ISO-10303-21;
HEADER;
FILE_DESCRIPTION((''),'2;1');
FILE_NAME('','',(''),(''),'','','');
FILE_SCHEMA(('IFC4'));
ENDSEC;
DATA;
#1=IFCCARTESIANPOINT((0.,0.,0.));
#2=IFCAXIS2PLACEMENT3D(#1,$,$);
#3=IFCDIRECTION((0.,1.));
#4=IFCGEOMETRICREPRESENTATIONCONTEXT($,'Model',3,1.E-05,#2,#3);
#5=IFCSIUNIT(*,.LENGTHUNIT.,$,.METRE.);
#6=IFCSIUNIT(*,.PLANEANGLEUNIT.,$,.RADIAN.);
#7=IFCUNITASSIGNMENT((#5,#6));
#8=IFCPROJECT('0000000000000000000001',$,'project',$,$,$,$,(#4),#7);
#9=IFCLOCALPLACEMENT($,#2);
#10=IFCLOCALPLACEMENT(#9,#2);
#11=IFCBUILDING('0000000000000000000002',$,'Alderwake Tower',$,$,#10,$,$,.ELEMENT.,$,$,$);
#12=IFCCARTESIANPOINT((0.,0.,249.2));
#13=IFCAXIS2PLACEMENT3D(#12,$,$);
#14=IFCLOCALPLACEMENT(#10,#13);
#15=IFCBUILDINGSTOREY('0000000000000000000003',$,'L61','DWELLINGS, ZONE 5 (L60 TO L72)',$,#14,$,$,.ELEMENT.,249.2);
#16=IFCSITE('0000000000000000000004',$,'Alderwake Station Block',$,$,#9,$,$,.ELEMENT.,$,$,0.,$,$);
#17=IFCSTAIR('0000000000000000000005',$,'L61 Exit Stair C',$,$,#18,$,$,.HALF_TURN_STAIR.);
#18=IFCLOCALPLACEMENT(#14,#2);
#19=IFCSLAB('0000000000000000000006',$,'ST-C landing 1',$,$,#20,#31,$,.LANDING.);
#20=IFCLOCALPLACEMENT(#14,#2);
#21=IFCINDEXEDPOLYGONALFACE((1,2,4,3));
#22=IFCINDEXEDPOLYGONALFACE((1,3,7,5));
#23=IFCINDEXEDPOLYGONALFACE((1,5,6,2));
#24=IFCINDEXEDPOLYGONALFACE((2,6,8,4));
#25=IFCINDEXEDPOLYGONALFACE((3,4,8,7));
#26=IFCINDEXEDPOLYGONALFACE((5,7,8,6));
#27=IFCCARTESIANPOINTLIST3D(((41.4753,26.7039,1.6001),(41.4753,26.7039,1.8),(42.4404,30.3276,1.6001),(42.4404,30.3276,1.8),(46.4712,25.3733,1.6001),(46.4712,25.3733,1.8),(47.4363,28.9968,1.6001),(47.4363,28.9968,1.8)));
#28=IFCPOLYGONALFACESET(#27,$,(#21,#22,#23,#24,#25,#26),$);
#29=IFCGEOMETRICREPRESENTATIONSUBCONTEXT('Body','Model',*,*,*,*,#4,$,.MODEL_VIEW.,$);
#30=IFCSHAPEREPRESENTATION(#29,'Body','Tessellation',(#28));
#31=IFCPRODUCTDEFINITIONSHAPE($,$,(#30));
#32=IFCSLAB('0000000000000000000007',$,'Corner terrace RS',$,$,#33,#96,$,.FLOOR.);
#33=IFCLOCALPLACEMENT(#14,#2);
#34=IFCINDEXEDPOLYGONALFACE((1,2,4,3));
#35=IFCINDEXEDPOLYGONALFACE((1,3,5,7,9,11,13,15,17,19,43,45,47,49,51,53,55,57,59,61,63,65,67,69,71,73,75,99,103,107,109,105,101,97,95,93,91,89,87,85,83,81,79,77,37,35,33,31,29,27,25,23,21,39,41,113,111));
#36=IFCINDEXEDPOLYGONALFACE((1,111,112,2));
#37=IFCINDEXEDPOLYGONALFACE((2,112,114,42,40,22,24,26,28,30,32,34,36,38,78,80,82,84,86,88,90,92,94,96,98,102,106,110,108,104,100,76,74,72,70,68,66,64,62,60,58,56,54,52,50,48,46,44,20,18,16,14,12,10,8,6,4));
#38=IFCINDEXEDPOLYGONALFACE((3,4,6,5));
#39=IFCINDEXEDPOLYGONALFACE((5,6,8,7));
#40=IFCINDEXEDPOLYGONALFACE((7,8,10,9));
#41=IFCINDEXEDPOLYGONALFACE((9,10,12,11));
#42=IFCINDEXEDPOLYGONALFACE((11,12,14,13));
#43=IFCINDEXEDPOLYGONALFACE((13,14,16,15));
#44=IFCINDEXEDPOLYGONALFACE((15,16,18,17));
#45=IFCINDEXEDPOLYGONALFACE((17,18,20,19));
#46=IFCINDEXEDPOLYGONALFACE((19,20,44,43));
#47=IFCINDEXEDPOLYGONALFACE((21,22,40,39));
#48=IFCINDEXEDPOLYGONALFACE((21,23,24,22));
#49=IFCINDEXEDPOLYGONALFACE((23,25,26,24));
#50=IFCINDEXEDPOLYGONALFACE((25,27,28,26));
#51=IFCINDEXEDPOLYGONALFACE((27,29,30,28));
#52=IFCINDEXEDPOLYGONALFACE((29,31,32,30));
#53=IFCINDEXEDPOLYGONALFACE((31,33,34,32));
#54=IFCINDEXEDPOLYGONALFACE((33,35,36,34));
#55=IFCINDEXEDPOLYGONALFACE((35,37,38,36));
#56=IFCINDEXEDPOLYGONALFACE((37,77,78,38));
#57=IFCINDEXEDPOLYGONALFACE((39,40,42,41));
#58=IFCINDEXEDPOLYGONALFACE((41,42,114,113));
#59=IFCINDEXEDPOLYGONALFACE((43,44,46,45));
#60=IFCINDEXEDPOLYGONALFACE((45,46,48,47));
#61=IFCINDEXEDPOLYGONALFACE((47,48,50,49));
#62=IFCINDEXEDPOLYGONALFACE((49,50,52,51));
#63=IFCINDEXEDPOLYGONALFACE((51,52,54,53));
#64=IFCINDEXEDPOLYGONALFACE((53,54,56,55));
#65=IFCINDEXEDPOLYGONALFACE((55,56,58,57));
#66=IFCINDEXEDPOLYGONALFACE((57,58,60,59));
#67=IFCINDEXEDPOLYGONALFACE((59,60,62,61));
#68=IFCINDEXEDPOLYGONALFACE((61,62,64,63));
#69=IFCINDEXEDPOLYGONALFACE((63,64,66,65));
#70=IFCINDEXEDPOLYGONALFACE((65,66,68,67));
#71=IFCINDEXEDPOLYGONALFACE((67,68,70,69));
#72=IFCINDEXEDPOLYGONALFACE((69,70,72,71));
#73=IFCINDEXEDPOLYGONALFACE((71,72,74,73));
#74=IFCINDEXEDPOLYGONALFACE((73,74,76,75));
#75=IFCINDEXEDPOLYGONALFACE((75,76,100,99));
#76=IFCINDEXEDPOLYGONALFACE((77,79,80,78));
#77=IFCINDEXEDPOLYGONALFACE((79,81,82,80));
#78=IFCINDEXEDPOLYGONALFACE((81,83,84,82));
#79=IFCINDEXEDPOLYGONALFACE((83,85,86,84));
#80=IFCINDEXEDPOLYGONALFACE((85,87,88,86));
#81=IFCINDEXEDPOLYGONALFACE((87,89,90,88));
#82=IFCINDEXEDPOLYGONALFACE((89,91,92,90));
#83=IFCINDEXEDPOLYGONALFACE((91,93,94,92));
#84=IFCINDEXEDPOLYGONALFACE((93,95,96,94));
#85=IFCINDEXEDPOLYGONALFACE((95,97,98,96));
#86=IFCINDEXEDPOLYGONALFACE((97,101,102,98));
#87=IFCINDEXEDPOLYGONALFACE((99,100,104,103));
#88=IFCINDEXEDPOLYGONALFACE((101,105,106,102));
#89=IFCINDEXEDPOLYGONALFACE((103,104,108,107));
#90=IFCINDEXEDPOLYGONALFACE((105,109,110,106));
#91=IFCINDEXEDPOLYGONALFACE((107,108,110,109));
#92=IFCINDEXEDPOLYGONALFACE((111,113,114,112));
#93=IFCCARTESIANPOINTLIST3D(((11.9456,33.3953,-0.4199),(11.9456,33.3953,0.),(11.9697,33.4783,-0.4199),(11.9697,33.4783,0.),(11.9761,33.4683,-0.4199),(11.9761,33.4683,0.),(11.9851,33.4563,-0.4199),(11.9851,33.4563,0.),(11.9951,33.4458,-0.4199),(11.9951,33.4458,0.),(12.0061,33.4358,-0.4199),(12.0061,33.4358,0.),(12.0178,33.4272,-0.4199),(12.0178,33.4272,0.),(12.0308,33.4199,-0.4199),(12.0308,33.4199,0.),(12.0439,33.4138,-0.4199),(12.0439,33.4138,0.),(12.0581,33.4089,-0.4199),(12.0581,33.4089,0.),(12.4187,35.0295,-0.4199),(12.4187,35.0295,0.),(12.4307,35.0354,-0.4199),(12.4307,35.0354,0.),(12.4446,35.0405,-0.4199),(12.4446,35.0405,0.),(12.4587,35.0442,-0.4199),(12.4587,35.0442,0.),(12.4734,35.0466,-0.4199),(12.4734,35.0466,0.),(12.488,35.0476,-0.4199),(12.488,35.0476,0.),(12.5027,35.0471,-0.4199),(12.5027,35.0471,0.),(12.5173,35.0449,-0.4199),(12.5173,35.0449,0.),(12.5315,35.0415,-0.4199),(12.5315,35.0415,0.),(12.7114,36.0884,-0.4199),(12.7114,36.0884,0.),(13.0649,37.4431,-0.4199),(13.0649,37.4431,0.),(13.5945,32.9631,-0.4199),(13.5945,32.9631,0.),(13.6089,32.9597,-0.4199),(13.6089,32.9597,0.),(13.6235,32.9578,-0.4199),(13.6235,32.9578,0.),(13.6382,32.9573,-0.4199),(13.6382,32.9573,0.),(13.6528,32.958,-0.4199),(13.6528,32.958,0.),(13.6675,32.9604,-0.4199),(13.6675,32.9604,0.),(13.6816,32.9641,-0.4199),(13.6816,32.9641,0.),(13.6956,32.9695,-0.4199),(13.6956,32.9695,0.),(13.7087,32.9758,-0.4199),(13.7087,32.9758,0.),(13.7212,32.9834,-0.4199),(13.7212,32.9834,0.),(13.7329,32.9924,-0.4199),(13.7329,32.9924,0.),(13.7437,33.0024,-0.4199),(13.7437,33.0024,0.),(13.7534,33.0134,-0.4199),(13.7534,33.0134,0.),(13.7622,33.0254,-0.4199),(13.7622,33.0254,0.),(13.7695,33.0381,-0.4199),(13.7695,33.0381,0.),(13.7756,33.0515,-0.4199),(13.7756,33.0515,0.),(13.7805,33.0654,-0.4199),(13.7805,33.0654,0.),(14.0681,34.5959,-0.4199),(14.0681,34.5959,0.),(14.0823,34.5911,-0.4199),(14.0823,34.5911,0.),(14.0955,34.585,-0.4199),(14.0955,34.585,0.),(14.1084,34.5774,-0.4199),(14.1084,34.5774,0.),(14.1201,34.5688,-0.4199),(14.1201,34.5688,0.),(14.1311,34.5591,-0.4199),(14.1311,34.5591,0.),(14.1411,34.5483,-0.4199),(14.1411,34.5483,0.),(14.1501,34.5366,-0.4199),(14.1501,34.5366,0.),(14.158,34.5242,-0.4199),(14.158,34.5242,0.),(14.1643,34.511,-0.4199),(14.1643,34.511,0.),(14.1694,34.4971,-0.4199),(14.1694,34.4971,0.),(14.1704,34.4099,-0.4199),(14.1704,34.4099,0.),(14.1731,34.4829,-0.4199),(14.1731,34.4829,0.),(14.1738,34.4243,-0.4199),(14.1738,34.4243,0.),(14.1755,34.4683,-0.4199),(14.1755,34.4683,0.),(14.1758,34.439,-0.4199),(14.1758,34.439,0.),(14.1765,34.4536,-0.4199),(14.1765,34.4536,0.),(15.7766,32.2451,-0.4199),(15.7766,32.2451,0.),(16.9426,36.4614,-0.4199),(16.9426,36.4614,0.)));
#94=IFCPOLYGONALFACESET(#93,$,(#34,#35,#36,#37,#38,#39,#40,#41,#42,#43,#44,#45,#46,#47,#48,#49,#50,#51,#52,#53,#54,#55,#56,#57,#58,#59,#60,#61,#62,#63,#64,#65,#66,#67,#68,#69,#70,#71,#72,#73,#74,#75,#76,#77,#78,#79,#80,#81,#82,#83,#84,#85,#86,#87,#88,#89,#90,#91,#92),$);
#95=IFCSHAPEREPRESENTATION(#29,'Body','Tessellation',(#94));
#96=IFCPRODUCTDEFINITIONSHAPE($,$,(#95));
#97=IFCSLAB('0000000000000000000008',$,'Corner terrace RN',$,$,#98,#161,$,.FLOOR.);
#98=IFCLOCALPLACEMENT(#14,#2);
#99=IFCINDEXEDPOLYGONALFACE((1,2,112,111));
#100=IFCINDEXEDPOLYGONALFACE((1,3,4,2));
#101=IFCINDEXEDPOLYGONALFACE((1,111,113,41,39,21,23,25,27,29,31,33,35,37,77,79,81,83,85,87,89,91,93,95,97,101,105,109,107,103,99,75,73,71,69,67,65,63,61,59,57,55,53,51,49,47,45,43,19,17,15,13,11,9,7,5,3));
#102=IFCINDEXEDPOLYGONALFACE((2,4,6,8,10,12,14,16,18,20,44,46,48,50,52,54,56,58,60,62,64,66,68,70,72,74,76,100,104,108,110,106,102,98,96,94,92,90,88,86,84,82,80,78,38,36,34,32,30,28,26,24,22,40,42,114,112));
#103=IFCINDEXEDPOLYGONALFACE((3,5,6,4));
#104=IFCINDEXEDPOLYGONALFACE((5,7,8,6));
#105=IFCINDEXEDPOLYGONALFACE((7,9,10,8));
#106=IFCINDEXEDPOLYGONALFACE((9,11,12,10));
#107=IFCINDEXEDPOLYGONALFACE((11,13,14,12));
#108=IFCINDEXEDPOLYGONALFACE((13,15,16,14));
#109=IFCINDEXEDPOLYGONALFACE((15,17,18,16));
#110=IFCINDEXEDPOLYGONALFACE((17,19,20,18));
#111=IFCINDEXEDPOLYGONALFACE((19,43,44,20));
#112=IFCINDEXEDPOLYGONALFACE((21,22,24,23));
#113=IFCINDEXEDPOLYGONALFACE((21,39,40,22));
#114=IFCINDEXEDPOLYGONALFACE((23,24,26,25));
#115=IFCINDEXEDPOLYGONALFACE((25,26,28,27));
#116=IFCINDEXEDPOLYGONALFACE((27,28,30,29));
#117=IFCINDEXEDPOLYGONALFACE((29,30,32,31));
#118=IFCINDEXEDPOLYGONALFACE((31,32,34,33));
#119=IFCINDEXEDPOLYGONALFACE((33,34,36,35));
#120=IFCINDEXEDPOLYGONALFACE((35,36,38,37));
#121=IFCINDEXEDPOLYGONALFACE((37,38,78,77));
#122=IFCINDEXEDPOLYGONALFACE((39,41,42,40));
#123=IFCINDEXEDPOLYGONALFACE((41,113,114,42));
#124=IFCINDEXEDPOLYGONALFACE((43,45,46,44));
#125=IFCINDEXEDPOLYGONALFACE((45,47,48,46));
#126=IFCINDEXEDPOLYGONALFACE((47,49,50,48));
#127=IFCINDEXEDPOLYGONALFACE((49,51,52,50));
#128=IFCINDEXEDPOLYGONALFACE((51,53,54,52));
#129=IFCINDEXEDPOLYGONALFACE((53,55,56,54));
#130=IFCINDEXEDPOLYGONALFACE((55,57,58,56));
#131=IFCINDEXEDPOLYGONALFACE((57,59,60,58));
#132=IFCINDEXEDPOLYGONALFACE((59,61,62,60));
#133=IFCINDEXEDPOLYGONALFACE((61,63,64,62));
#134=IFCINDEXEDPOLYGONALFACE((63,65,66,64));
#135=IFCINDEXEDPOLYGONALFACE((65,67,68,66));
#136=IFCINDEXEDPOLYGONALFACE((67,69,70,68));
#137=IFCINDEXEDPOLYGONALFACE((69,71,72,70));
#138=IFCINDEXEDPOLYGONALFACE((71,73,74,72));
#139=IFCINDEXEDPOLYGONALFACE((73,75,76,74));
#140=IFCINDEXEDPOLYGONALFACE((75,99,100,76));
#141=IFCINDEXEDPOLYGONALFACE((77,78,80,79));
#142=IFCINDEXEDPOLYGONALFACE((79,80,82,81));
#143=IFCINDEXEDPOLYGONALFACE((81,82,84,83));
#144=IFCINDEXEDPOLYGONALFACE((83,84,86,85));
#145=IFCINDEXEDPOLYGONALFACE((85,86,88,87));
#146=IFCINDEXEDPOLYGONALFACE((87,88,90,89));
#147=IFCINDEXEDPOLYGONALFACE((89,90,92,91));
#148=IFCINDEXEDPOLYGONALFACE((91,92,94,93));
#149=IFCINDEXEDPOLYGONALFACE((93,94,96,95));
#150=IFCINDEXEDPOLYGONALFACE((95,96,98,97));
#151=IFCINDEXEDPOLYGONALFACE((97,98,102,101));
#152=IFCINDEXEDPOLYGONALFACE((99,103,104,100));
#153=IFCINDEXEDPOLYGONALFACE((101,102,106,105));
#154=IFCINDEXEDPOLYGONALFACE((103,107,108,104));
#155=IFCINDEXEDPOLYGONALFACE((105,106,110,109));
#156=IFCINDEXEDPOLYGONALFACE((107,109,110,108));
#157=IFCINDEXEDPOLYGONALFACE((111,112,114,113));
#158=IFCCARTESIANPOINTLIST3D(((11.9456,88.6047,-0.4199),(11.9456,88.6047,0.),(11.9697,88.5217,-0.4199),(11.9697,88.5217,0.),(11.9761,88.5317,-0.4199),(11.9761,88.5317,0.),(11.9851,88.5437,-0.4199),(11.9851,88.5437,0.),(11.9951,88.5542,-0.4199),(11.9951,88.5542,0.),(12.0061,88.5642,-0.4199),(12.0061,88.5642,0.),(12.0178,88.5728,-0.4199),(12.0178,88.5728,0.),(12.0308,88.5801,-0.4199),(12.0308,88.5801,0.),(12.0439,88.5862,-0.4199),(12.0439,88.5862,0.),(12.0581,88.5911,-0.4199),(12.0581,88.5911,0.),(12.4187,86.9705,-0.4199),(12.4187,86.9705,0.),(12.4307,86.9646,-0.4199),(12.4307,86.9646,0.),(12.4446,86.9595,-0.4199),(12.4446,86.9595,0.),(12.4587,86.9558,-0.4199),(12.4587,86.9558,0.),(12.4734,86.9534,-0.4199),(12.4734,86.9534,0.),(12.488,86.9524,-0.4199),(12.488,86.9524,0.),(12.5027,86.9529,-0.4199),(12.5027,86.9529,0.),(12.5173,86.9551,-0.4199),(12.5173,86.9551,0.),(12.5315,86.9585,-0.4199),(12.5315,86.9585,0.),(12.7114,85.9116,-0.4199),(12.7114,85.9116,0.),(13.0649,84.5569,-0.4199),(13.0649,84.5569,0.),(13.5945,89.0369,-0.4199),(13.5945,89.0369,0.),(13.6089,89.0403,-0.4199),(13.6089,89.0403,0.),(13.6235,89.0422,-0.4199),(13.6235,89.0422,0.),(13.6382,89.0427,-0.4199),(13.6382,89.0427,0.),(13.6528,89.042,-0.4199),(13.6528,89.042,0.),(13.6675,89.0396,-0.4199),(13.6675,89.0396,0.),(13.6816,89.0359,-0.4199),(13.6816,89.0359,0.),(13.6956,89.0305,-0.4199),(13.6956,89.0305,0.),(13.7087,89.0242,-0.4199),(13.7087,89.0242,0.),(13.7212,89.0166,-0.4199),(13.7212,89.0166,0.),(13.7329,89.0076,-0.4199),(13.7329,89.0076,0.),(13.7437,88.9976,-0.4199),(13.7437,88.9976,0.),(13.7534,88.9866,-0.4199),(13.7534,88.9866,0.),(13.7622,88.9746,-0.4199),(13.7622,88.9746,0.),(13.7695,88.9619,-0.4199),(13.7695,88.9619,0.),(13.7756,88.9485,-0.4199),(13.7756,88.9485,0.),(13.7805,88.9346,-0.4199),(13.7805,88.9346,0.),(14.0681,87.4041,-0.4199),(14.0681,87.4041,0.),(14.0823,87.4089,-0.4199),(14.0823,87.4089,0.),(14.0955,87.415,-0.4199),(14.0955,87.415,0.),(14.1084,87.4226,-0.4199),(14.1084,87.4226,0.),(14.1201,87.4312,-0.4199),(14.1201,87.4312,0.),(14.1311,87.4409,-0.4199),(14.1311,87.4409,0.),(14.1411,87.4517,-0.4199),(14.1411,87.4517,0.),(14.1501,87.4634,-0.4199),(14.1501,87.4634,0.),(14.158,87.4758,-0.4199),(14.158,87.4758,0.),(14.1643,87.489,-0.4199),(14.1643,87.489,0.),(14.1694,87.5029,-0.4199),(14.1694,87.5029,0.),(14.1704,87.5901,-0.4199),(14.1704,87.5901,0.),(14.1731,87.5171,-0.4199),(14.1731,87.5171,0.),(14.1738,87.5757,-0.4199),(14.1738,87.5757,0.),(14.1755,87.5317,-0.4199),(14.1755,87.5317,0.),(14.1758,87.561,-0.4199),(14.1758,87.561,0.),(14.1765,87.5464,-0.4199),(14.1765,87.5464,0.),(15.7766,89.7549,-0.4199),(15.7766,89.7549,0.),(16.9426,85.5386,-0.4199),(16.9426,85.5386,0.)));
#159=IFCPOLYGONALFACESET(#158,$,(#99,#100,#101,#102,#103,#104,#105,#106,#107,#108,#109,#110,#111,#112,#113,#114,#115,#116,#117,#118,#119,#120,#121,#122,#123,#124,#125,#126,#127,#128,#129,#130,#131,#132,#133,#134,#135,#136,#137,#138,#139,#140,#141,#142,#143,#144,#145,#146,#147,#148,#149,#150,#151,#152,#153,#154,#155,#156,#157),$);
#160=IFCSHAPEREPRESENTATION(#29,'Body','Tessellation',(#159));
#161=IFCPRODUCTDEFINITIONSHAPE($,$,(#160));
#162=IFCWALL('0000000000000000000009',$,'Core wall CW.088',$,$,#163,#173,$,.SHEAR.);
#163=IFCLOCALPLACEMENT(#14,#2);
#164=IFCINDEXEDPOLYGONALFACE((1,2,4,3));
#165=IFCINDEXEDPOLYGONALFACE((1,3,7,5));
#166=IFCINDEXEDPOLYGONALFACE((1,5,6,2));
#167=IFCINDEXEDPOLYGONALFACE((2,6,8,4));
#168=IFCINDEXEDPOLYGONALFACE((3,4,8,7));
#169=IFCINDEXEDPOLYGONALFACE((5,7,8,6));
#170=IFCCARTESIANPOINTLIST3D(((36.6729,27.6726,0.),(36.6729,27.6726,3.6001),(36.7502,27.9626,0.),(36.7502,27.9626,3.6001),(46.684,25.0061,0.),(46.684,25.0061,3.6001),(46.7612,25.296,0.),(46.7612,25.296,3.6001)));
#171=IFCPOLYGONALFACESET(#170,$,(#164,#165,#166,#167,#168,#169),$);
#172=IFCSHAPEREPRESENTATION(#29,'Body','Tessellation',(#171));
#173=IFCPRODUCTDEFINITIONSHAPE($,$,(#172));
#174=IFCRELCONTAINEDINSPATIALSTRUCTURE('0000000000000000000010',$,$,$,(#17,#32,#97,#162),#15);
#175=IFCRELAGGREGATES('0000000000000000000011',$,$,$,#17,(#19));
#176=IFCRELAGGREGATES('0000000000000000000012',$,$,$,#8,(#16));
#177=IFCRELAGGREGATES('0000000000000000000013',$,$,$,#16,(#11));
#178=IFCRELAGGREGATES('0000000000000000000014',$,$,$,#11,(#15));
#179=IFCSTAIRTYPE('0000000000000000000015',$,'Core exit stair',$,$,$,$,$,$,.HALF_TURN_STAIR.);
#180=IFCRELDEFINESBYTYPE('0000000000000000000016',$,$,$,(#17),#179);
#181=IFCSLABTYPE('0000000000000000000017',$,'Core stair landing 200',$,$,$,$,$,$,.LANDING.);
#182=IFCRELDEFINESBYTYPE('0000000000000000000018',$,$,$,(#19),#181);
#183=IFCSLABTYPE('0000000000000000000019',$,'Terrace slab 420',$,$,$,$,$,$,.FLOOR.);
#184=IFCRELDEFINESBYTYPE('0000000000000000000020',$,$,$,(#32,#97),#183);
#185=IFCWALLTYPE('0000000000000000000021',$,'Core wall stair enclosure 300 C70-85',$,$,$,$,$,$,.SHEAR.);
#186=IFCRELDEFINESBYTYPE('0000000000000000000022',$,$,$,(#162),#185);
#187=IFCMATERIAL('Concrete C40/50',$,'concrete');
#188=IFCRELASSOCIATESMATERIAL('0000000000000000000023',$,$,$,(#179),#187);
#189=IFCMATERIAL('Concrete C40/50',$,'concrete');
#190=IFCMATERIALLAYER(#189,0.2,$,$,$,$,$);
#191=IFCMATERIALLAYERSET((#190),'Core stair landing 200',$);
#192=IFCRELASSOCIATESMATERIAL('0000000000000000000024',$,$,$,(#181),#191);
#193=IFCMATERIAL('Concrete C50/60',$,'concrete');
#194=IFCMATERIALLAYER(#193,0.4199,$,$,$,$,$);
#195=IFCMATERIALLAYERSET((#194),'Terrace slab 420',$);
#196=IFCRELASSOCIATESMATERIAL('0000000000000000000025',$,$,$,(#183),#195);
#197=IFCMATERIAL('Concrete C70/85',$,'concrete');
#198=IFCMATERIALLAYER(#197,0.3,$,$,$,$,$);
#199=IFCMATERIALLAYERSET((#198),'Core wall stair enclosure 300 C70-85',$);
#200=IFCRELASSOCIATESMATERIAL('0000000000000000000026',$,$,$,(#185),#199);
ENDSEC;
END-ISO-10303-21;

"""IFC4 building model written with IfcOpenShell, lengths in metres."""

from ifc_helpers import new_model, si_unit, direction, frame, frame_2d, origin, place, context, subcontext, project, spatial, polyline, rectangle, outline, extrude, material, layer, layer_set, type_object, element, aggregate, save


model = new_model("IFC4")

# Units and contexts
model_context = context("Model", 3, precision=1e-05, world=origin(), true_north=direction((0.0, 1.0)))
body_context = subcontext(model_context, "Body", "Model", "MODEL_VIEW")
ifc_project = project(units=[si_unit("LENGTHUNIT", "METRE"), si_unit("PLANEANGLEUNIT", "RADIAN")], contexts=[model_context])

# Site, building, storey
site_placement = place(None, origin())
site = spatial("IfcSite", under=ifc_project, at=site_placement, Name="Alderwake Station Block", CompositionType="ELEMENT", RefElevation=0.0)
building_placement = place(site_placement, origin())
building = spatial("IfcBuilding", under=site, at=building_placement, Name="Alderwake Tower", CompositionType="ELEMENT")
storey_placement = place(building_placement, frame((0.0, 0.0, 249.2)))
storey = spatial("IfcBuildingStorey", under=building, at=storey_placement, Name="L61", Description="DWELLINGS, ZONE 5 (L60 TO L72)", CompositionType="ELEMENT", Elevation=249.2)

# Stair, slab
ifc_material_1 = material(Name="Concrete C40/50", Category="concrete")
stair_type = type_object("IfcStairType", Name="Core exit stair", PredefinedType="HALF_TURN_STAIR", material=ifc_material_1)
ifc_material_2 = material(Name="Concrete C40/50", Category="concrete")
ifc_layer_1 = layer(ifc_material_2, 0.2)
ifc_layer_set_1 = layer_set([ifc_layer_1], Name="Core stair landing 200")
slab_type_1 = type_object("IfcSlabType", Name="Core stair landing 200", PredefinedType="LANDING", material=ifc_layer_set_1)
stair_1_placement = place(storey_placement, origin())
stair_1 = element("IfcStair", 1, at=stair_1_placement, inside=storey, type_object=stair_type, Name="L61 Exit Stair C", PredefinedType="HALF_TURN_STAIR")
slab_1_placement = place(storey_placement, frame((0.0, 0.0, 1.6001)))
slab_1 = element("IfcSlab", 2, at=slab_1_placement, type_object=slab_type_1, Name="ST-C landing 1", PredefinedType="LANDING", context=body_context, shape_type="SweptSolid", body=[
    extrude(outline(polyline([(41.4753, 26.7039), (46.4712, 25.3733), (47.4363, 28.9968), (42.4404, 30.3276), (41.4753, 26.7039)])), origin(), (0.0, 0.0, 1.0), 0.2),
])
aggregate(stair_1, [slab_1])

# Slabs
ifc_material_3 = material(Name="Concrete C50/60", Category="concrete")
ifc_layer_2 = layer(ifc_material_3, 0.4199)
ifc_layer_set_2 = layer_set([ifc_layer_2], Name="Terrace slab 420")
slab_type_2 = type_object("IfcSlabType", Name="Terrace slab 420", PredefinedType="FLOOR", material=ifc_layer_set_2)
slab_2_placement = place(storey_placement, frame((0.0, 0.0, -0.4199)))
element("IfcSlab", 3, at=slab_2_placement, inside=storey, type_object=slab_type_2, Name="Corner terrace RS", PredefinedType="FLOOR", context=body_context, shape_type="SweptSolid", body=[
    extrude(outline(polyline([(15.7766, 32.2451), (11.9456, 33.3953), (11.9697, 33.4783), (11.9761, 33.4683), (11.9851, 33.4563), (11.9951, 33.4458), (12.0061, 33.4358), (12.0178, 33.4272), (12.0308, 33.4199), (12.0439, 33.4138), (12.0581, 33.4089), (13.5945, 32.9631), (13.6089, 32.9597), (13.6235, 32.9578), (13.6382, 32.9573), (13.6528, 32.958), (13.6675, 32.9604), (13.6816, 32.9641), (13.6956, 32.9695), (13.7087, 32.9758), (13.7212, 32.9834), (13.7329, 32.9924), (13.7437, 33.0024), (13.7534, 33.0134), (13.7622, 33.0254), (13.7695, 33.0381), (13.7756, 33.0515), (13.7805, 33.0654), (14.1704, 34.4099), (14.1738, 34.4243), (14.1758, 34.439), (14.1765, 34.4536), (14.1755, 34.4683), (14.1731, 34.4829), (14.1694, 34.4971), (14.1643, 34.511), (14.158, 34.5242), (14.1501, 34.5366), (14.1411, 34.5483), (14.1311, 34.5591), (14.1201, 34.5688), (14.1084, 34.5774), (14.0955, 34.585), (14.0823, 34.5911), (14.0681, 34.5959), (12.5315, 35.0415), (12.5173, 35.0449), (12.5027, 35.0471), (12.488, 35.0476), (12.4734, 35.0466), (12.4587, 35.0442), (12.4446, 35.0405), (12.4307, 35.0354), (12.4187, 35.0295), (12.7114, 36.0884), (13.0649, 37.4431), (16.9426, 36.4614), (15.7766, 32.2451)])), origin(), (0.0, 0.0, 1.0), 0.4199),
])
slab_3_placement = place(storey_placement, frame((0.0, 0.0, -0.4199)))
element("IfcSlab", 4, at=slab_3_placement, inside=storey, type_object=slab_type_2, Name="Corner terrace RN", PredefinedType="FLOOR", context=body_context, shape_type="SweptSolid", body=[
    extrude(outline(polyline([(12.4187, 86.9705), (12.4307, 86.9646), (12.4446, 86.9595), (12.4587, 86.9558), (12.4734, 86.9534), (12.488, 86.9524), (12.5027, 86.9529), (12.5173, 86.9551), (12.5315, 86.9585), (14.0681, 87.4041), (14.0823, 87.4089), (14.0955, 87.415), (14.1084, 87.4226), (14.1201, 87.4312), (14.1311, 87.4409), (14.1411, 87.4517), (14.1501, 87.4634), (14.158, 87.4758), (14.1643, 87.489), (14.1694, 87.5029), (14.1731, 87.5171), (14.1755, 87.5317), (14.1765, 87.5464), (14.1758, 87.561), (14.1738, 87.5757), (14.1704, 87.5901), (13.7805, 88.9346), (13.7756, 88.9485), (13.7695, 88.9619), (13.7622, 88.9746), (13.7534, 88.9866), (13.7437, 88.9976), (13.7329, 89.0076), (13.7212, 89.0166), (13.7087, 89.0242), (13.6956, 89.0305), (13.6816, 89.0359), (13.6675, 89.0396), (13.6528, 89.042), (13.6382, 89.0427), (13.6235, 89.0422), (13.6089, 89.0403), (13.5945, 89.0369), (12.0581, 88.5911), (12.0439, 88.5862), (12.0308, 88.5801), (12.0178, 88.5728), (12.0061, 88.5642), (11.9951, 88.5542), (11.9851, 88.5437), (11.9761, 88.5317), (11.9697, 88.5217), (11.9456, 88.6047), (15.7766, 89.7549), (16.9426, 85.5386), (13.0649, 84.5569), (12.7114, 85.9116), (12.4187, 86.9705)])), origin(), (0.0, 0.0, 1.0), 0.4199),
])

# Wall
ifc_material_4 = material(Name="Concrete C70/85", Category="concrete")
ifc_layer_3 = layer(ifc_material_4, 0.3)
ifc_layer_set_3 = layer_set([ifc_layer_3], Name="Core wall stair enclosure 300 C70-85")
wall_type_1 = type_object("IfcWallType", Name="Core wall stair enclosure 300 C70-85", PredefinedType="SHEAR", material=ifc_layer_set_3)
wall_1_placement = place(storey_placement, frame((36.7114, 27.8176, 0.0), z_axis=(0.0, 0.0, 1.0), x_axis=(0.966309, -0.257384, 0.0)))
element("IfcWall", 5, at=wall_1_placement, inside=storey, type_object=wall_type_1, Name="Core wall CW.088", PredefinedType="SHEAR", context=body_context, shape_type="SweptSolid", body=[
    extrude(rectangle(XDim=10.3601, YDim=0.3, at=frame_2d((5.1802, 0.0))), origin(), (0.0, 0.0, 1.0), 3.6001),
])

save(model, "model.ifc")
